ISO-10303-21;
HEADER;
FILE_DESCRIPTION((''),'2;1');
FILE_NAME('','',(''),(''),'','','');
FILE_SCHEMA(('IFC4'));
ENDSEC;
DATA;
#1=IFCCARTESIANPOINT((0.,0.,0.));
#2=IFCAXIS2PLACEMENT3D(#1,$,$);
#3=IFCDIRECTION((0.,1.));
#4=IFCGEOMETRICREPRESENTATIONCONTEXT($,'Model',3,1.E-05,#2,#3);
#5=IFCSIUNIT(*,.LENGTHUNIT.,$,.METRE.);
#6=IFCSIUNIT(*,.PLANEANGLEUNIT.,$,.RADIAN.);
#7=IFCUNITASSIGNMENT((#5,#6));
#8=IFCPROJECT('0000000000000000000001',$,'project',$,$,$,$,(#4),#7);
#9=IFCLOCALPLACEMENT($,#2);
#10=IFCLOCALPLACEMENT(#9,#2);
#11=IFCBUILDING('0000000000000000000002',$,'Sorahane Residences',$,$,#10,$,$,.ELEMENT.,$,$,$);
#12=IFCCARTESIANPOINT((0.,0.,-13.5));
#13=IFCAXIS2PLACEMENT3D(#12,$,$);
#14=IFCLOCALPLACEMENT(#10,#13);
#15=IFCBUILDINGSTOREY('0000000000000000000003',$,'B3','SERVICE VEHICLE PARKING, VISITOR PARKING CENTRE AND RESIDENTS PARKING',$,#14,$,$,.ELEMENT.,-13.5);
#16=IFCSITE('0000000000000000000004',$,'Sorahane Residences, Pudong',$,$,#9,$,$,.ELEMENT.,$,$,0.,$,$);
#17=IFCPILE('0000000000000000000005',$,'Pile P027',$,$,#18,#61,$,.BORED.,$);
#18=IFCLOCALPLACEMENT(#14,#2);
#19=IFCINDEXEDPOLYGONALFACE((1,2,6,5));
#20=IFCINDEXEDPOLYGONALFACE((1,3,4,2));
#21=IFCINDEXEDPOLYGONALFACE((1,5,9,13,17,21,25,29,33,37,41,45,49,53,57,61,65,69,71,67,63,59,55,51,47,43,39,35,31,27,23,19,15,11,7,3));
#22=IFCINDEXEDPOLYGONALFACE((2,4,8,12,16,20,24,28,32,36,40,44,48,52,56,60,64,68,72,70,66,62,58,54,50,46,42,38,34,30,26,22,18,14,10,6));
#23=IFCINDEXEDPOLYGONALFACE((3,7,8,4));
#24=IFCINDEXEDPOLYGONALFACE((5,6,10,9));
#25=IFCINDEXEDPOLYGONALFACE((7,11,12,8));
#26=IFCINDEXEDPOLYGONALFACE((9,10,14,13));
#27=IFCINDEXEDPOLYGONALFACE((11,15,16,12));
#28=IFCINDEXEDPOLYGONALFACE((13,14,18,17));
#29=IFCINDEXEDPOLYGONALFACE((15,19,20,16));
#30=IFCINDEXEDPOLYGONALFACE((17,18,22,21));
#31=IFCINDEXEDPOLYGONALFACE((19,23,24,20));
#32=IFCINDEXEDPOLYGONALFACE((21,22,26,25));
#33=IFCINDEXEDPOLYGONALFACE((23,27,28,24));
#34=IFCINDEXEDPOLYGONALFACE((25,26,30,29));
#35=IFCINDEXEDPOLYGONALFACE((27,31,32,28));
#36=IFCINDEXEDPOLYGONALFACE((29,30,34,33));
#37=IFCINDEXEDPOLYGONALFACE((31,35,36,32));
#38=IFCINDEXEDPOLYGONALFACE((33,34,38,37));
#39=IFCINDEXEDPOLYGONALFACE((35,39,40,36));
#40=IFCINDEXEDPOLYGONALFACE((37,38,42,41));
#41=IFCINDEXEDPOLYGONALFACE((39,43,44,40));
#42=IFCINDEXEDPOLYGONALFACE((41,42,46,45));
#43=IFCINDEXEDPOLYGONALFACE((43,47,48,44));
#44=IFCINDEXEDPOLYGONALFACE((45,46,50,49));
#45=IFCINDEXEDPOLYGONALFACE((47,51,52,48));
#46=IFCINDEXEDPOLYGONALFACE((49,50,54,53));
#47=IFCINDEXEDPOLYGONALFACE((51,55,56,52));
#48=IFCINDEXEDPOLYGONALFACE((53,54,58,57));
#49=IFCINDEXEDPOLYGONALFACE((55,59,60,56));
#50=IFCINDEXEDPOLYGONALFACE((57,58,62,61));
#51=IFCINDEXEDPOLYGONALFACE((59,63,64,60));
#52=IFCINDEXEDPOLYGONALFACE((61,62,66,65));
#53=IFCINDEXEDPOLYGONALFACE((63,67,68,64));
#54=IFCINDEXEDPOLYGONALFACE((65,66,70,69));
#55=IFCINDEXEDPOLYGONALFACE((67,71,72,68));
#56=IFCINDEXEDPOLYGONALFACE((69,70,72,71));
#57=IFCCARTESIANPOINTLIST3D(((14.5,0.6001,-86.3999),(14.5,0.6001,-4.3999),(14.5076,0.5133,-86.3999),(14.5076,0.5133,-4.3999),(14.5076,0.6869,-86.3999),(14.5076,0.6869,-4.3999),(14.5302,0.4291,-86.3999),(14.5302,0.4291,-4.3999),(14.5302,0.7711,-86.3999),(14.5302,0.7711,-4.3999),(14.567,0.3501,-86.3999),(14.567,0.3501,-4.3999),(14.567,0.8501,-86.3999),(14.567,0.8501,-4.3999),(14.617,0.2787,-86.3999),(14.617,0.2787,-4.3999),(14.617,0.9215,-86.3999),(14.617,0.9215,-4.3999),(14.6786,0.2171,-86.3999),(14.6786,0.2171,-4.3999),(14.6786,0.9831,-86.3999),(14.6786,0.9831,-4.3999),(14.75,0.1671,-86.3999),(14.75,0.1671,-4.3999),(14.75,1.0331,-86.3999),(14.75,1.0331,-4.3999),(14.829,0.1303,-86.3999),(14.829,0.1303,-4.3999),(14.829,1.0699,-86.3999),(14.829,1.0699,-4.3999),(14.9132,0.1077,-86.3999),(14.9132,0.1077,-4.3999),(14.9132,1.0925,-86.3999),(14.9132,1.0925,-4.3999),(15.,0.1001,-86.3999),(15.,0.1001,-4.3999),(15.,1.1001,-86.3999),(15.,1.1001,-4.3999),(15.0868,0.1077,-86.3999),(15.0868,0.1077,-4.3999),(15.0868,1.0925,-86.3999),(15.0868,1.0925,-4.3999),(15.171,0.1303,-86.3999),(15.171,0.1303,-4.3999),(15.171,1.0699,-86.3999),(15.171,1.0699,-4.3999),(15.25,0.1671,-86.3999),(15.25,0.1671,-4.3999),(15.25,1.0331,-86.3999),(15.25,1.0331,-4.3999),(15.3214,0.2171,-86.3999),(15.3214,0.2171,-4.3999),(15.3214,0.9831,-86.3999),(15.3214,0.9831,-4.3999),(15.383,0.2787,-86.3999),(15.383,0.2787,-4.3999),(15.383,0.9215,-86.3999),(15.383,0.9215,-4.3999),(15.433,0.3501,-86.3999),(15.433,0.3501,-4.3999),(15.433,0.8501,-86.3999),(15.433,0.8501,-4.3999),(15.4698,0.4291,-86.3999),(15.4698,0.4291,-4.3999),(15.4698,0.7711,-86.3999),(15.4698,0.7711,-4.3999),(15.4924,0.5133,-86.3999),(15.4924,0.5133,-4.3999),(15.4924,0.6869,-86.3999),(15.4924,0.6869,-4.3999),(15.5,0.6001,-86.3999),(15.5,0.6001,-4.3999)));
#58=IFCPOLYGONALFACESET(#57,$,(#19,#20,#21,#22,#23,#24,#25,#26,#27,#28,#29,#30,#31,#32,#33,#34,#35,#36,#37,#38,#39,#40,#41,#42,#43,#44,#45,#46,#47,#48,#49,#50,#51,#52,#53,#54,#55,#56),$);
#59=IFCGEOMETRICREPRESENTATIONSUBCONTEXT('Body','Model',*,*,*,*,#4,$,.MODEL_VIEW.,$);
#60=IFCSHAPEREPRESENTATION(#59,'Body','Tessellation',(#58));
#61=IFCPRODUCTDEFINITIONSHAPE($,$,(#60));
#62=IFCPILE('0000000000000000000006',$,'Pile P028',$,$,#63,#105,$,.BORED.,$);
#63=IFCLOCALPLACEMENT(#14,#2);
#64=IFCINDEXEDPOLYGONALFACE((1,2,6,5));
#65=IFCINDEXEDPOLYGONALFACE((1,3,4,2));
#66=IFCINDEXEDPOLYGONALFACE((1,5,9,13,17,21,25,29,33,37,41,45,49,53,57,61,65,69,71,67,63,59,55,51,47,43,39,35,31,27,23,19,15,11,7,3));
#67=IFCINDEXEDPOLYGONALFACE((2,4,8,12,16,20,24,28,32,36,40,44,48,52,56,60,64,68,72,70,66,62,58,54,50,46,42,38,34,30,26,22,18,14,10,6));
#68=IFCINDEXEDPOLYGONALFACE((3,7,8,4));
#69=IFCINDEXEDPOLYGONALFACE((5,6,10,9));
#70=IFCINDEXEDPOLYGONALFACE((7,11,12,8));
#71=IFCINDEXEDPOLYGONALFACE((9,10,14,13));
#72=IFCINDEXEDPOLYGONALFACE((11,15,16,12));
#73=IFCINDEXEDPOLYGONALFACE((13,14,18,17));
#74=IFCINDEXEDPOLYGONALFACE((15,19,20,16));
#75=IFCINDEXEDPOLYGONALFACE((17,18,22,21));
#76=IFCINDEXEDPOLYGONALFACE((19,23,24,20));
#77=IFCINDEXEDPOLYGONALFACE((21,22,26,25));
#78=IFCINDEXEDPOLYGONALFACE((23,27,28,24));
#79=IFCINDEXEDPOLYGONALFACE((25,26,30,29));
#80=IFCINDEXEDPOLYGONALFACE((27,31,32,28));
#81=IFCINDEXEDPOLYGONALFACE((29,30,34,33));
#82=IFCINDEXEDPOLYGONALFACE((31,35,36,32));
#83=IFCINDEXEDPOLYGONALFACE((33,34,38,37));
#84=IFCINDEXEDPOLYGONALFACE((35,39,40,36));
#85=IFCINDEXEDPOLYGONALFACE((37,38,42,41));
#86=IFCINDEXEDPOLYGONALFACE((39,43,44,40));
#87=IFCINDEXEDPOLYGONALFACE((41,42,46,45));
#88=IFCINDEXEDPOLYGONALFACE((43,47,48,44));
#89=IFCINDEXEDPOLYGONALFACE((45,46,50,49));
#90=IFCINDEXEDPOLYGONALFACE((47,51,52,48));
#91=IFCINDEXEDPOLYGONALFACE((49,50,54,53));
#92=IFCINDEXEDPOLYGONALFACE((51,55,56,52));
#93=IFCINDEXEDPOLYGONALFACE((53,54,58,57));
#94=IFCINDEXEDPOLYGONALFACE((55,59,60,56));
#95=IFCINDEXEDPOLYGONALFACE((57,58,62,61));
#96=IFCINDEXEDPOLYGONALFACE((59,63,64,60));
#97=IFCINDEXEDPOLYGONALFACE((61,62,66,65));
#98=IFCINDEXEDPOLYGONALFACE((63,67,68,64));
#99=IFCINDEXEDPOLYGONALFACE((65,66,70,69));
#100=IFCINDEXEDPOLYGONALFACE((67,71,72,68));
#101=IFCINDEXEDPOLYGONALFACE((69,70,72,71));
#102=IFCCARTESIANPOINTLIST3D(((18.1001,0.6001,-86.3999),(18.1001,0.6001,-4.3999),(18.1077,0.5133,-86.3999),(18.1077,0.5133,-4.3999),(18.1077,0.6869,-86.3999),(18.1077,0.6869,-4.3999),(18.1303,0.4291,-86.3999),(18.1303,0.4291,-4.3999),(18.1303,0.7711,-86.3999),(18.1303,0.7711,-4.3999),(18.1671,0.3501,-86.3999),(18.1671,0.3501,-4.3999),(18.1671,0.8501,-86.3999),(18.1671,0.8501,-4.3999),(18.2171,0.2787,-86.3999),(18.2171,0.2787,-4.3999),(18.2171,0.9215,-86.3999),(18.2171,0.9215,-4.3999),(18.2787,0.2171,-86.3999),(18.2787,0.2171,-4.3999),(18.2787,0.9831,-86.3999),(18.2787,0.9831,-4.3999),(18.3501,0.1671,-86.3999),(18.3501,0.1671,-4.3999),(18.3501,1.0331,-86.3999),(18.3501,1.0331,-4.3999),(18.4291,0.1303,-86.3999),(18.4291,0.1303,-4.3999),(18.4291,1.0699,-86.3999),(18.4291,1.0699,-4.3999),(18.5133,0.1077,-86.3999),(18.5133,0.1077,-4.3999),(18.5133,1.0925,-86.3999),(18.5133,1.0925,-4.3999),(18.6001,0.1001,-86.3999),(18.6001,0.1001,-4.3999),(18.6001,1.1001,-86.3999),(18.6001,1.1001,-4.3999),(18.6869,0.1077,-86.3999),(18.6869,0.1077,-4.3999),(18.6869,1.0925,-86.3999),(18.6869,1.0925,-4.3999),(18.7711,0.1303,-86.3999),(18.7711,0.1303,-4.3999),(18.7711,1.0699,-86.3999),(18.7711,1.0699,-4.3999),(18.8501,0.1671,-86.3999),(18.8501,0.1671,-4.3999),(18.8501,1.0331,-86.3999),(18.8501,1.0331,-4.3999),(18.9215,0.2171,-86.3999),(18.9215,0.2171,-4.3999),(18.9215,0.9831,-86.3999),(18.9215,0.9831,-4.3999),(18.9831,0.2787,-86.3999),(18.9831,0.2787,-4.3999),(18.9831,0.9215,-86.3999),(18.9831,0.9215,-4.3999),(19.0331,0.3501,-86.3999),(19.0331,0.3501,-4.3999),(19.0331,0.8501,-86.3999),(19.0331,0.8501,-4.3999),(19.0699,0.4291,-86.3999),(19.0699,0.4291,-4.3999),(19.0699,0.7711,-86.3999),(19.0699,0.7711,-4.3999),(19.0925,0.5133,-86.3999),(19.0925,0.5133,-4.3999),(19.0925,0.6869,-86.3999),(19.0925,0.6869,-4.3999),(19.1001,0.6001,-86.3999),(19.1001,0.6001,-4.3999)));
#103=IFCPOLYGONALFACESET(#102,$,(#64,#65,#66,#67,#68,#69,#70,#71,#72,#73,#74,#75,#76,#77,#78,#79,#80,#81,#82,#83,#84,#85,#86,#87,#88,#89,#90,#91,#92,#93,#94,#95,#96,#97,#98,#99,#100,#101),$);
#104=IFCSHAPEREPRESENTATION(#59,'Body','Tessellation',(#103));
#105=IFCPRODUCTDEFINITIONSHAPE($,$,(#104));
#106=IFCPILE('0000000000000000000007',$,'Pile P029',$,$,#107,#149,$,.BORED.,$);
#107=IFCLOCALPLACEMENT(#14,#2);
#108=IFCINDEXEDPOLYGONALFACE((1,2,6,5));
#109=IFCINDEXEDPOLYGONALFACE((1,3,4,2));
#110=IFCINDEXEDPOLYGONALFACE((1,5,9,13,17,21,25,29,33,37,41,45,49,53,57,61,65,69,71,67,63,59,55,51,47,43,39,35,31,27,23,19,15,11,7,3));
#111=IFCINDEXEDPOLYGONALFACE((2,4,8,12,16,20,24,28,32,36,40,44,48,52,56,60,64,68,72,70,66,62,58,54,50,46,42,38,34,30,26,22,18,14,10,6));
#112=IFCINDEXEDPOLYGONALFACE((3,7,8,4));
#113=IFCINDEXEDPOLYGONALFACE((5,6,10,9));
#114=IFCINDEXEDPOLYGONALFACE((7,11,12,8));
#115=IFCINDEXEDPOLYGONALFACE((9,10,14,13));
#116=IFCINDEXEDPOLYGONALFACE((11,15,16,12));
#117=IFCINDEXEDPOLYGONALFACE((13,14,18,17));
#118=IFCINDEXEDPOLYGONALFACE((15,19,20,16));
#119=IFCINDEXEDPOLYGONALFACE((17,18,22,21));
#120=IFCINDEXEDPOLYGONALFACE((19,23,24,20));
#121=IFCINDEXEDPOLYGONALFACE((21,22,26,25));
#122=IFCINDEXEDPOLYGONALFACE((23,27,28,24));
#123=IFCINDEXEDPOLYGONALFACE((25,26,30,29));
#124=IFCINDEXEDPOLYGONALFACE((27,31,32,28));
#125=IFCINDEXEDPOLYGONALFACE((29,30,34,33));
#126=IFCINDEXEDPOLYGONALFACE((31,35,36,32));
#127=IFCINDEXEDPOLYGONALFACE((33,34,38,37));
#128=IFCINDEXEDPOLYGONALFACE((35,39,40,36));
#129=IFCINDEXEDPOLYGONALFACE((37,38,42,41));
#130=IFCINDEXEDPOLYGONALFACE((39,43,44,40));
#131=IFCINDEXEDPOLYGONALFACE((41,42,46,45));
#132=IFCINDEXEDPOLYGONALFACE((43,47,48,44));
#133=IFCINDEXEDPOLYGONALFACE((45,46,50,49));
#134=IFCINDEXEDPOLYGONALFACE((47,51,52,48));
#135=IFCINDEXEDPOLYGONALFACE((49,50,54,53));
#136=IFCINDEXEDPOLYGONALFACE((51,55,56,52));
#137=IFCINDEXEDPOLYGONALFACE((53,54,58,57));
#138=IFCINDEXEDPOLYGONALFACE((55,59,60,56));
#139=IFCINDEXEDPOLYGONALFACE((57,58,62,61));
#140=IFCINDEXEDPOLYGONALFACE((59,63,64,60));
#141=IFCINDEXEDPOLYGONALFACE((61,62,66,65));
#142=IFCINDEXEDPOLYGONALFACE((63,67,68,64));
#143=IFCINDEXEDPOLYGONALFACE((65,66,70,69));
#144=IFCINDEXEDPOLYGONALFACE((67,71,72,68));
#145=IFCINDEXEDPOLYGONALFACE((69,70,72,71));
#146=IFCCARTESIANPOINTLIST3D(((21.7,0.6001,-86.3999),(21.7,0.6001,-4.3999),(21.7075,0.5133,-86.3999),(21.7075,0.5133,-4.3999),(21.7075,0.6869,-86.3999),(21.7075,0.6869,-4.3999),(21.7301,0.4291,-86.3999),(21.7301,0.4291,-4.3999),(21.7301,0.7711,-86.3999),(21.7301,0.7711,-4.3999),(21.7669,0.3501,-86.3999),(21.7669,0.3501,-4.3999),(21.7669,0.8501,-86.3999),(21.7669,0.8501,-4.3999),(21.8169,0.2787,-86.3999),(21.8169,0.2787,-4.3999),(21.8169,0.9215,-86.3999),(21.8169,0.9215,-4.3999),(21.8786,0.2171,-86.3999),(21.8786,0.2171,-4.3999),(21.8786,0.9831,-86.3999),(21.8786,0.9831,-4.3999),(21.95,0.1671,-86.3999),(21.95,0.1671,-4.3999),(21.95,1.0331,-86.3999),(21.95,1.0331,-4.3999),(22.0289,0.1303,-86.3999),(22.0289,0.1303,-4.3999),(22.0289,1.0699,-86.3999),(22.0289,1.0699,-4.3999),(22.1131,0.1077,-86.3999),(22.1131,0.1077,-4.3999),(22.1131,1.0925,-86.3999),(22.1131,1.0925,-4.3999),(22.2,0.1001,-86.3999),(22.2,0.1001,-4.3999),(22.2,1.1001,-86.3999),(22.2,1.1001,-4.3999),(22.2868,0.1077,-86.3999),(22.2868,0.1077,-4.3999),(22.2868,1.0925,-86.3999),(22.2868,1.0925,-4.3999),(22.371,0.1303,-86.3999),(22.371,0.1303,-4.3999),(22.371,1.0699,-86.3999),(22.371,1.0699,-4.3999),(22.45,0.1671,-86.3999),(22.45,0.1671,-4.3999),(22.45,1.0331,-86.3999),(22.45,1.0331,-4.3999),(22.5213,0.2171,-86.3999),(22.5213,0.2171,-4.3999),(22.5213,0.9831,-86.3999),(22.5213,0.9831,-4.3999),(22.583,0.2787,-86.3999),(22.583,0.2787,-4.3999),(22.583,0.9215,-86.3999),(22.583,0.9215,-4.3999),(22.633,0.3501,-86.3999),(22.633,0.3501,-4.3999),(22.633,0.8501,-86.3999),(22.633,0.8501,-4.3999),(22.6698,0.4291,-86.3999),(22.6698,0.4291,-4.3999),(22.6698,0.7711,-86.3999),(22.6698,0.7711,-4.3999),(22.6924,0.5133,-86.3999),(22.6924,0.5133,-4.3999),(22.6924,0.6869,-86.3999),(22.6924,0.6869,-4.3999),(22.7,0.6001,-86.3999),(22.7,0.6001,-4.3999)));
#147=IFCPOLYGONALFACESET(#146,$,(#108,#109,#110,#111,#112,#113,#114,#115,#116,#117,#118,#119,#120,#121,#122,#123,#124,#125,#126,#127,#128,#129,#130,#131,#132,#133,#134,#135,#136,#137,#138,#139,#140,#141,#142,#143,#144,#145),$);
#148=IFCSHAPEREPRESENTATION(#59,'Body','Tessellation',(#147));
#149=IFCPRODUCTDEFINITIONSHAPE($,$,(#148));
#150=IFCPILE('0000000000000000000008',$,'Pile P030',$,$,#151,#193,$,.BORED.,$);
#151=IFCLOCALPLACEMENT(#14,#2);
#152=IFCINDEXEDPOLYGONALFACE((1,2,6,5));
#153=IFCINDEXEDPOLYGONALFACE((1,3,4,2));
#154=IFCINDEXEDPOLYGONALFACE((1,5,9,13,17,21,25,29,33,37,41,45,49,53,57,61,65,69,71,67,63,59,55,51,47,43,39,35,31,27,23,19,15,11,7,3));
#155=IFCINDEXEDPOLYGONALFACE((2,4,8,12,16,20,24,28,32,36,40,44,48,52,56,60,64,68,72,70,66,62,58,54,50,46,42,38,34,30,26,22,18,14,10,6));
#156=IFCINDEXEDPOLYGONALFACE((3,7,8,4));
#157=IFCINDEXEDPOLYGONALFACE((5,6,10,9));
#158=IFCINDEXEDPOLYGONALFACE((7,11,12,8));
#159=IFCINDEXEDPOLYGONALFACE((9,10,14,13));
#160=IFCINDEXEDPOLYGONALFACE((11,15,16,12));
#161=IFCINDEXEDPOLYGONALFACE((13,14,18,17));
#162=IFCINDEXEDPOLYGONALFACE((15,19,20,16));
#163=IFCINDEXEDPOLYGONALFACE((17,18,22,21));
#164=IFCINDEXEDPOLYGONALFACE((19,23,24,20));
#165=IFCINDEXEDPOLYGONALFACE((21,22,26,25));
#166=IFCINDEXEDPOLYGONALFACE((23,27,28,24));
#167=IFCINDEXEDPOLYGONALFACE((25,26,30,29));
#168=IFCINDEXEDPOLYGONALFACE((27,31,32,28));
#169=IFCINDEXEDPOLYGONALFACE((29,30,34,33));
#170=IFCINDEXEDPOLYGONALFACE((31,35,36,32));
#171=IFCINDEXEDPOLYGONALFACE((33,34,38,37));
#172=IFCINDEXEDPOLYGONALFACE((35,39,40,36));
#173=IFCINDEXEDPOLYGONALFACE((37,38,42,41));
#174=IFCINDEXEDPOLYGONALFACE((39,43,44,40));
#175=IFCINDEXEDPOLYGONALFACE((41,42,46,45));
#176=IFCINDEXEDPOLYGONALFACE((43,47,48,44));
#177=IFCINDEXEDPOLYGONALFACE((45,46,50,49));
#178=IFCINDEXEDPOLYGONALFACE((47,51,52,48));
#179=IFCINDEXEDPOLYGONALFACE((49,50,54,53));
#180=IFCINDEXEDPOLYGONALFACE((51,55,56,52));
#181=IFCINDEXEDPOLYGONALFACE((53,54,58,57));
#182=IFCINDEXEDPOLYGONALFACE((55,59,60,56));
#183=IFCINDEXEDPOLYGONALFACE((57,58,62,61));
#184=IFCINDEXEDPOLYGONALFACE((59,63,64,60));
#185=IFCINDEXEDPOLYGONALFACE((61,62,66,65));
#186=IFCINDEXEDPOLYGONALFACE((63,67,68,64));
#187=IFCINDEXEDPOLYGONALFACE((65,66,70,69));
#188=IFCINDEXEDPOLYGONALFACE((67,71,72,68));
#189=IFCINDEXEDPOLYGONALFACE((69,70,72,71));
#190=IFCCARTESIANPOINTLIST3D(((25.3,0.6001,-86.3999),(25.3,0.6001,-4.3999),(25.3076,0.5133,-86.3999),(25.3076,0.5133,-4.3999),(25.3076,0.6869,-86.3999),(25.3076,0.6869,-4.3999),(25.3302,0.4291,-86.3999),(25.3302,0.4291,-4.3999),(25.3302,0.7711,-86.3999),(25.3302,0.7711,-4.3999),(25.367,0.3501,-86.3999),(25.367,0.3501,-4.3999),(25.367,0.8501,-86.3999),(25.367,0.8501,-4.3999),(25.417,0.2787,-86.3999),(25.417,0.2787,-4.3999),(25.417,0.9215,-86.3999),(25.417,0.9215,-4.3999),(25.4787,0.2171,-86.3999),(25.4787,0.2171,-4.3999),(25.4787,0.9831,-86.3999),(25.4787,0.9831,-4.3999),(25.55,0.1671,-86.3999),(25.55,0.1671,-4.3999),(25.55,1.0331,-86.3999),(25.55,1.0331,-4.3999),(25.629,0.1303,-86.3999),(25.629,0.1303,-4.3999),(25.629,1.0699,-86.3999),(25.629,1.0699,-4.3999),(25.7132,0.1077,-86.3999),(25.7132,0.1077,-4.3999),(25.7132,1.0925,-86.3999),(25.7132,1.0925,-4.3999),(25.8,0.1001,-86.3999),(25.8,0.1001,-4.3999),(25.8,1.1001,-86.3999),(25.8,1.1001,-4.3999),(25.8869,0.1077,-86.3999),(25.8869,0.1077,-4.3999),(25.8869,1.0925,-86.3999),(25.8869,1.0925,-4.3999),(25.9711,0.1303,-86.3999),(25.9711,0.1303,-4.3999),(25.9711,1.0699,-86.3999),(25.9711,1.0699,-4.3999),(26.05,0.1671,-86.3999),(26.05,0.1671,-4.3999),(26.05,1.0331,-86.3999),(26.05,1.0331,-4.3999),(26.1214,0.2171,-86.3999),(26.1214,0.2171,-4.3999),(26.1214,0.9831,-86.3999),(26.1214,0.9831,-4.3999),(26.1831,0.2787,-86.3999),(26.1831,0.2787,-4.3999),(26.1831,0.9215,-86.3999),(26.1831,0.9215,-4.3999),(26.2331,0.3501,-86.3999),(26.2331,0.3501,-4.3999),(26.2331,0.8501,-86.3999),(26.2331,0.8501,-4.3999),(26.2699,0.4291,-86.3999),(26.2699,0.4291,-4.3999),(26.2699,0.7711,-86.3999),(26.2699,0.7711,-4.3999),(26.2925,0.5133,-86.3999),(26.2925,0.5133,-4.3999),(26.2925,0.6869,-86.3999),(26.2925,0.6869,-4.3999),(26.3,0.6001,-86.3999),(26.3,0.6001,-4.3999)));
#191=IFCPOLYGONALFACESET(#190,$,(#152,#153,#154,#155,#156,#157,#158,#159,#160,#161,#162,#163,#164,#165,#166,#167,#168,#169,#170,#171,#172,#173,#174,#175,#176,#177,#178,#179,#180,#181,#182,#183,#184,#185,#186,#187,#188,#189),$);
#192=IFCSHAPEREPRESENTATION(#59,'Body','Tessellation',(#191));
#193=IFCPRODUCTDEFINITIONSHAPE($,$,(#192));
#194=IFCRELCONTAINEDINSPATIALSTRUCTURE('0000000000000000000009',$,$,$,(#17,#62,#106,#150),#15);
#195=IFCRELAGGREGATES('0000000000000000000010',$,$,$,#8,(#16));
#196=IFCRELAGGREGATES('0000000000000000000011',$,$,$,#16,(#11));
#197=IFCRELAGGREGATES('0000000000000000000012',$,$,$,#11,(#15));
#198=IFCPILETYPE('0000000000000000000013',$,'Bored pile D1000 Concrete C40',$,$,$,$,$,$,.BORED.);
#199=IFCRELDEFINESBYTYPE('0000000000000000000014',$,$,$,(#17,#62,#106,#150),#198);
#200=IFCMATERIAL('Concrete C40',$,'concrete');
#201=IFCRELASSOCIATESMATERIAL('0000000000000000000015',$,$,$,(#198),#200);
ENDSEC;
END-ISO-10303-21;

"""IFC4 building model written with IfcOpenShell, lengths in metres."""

from ifc_helpers import new_model, si_unit, direction, frame, origin, origin_2d, place, context, subcontext, project, spatial, circle, extrude, material, material_profile, profile_set, type_object, element, save


model = new_model("IFC4")

# Units and contexts
model_context = context("Model", 3, precision=1e-05, world=origin(), true_north=direction((0.0, 1.0)))
body_context = subcontext(model_context, "Body", "Model", "MODEL_VIEW")
ifc_project = project(units=[si_unit("LENGTHUNIT", "METRE"), si_unit("PLANEANGLEUNIT", "RADIAN")], contexts=[model_context])

# Site, building, storey
site_placement = place(None, origin())
site = spatial("IfcSite", under=ifc_project, at=site_placement, Name="Sorahane Residences, Pudong", CompositionType="ELEMENT", RefElevation=0.0)
building_placement = place(site_placement, origin())
building = spatial("IfcBuilding", under=site, at=building_placement, Name="Sorahane Residences", CompositionType="ELEMENT")
storey_placement = place(building_placement, frame((0.0, 0.0, -13.5)))
storey = spatial("IfcBuildingStorey", under=building, at=storey_placement, Name="B3", Description="SERVICE VEHICLE PARKING, VISITOR PARKING CENTRE AND RESIDENTS PARKING", CompositionType="ELEMENT", Elevation=-13.5)

# Piles
ifc_material_1 = material(Name="Concrete C40", Category="concrete")
ifc_material_profile_1 = material_profile(ifc_material_1, circle(Radius=0.5, at=origin_2d()), Name="D1000")
ifc_profile_set_1 = profile_set([ifc_material_profile_1], Name="Concrete C40")
pile_type = type_object("IfcPileType", Name="Bored pile D1000 Concrete C40", PredefinedType="BORED", material=ifc_profile_set_1)
for number, where, z_axis, x_axis, name in (
    (1, (15.0, 0.6001, -4.3999), (0.0, 0.0, -1.0), (1.0, 0.0, 0.0), "Pile P027"),
    (2, (18.6001, 0.6001, -4.3999), (0.0, 0.0, -1.0), (1.0, 0.0, 0.0), "Pile P028"),
    (3, (22.2, 0.6001, -4.3999), (0.0, 0.0, -1.0), (1.0, 0.0, 0.0), "Pile P029"),
    (4, (25.8, 0.6001, -4.3999), (0.0, 0.0, -1.0), (1.0, 0.0, 0.0), "Pile P030"),
):
    element("IfcPile", number, at=place(storey_placement, frame(where, z_axis=z_axis, x_axis=x_axis)), inside=storey, type_object=pile_type, Name=name, PredefinedType="BORED", context=body_context, shape_type="SweptSolid", body=[
        extrude(circle(Radius=0.5, at=origin_2d()), origin(), (0.0, 0.0, 1.0), 82.0),
    ])

save(model, "model.ifc")
